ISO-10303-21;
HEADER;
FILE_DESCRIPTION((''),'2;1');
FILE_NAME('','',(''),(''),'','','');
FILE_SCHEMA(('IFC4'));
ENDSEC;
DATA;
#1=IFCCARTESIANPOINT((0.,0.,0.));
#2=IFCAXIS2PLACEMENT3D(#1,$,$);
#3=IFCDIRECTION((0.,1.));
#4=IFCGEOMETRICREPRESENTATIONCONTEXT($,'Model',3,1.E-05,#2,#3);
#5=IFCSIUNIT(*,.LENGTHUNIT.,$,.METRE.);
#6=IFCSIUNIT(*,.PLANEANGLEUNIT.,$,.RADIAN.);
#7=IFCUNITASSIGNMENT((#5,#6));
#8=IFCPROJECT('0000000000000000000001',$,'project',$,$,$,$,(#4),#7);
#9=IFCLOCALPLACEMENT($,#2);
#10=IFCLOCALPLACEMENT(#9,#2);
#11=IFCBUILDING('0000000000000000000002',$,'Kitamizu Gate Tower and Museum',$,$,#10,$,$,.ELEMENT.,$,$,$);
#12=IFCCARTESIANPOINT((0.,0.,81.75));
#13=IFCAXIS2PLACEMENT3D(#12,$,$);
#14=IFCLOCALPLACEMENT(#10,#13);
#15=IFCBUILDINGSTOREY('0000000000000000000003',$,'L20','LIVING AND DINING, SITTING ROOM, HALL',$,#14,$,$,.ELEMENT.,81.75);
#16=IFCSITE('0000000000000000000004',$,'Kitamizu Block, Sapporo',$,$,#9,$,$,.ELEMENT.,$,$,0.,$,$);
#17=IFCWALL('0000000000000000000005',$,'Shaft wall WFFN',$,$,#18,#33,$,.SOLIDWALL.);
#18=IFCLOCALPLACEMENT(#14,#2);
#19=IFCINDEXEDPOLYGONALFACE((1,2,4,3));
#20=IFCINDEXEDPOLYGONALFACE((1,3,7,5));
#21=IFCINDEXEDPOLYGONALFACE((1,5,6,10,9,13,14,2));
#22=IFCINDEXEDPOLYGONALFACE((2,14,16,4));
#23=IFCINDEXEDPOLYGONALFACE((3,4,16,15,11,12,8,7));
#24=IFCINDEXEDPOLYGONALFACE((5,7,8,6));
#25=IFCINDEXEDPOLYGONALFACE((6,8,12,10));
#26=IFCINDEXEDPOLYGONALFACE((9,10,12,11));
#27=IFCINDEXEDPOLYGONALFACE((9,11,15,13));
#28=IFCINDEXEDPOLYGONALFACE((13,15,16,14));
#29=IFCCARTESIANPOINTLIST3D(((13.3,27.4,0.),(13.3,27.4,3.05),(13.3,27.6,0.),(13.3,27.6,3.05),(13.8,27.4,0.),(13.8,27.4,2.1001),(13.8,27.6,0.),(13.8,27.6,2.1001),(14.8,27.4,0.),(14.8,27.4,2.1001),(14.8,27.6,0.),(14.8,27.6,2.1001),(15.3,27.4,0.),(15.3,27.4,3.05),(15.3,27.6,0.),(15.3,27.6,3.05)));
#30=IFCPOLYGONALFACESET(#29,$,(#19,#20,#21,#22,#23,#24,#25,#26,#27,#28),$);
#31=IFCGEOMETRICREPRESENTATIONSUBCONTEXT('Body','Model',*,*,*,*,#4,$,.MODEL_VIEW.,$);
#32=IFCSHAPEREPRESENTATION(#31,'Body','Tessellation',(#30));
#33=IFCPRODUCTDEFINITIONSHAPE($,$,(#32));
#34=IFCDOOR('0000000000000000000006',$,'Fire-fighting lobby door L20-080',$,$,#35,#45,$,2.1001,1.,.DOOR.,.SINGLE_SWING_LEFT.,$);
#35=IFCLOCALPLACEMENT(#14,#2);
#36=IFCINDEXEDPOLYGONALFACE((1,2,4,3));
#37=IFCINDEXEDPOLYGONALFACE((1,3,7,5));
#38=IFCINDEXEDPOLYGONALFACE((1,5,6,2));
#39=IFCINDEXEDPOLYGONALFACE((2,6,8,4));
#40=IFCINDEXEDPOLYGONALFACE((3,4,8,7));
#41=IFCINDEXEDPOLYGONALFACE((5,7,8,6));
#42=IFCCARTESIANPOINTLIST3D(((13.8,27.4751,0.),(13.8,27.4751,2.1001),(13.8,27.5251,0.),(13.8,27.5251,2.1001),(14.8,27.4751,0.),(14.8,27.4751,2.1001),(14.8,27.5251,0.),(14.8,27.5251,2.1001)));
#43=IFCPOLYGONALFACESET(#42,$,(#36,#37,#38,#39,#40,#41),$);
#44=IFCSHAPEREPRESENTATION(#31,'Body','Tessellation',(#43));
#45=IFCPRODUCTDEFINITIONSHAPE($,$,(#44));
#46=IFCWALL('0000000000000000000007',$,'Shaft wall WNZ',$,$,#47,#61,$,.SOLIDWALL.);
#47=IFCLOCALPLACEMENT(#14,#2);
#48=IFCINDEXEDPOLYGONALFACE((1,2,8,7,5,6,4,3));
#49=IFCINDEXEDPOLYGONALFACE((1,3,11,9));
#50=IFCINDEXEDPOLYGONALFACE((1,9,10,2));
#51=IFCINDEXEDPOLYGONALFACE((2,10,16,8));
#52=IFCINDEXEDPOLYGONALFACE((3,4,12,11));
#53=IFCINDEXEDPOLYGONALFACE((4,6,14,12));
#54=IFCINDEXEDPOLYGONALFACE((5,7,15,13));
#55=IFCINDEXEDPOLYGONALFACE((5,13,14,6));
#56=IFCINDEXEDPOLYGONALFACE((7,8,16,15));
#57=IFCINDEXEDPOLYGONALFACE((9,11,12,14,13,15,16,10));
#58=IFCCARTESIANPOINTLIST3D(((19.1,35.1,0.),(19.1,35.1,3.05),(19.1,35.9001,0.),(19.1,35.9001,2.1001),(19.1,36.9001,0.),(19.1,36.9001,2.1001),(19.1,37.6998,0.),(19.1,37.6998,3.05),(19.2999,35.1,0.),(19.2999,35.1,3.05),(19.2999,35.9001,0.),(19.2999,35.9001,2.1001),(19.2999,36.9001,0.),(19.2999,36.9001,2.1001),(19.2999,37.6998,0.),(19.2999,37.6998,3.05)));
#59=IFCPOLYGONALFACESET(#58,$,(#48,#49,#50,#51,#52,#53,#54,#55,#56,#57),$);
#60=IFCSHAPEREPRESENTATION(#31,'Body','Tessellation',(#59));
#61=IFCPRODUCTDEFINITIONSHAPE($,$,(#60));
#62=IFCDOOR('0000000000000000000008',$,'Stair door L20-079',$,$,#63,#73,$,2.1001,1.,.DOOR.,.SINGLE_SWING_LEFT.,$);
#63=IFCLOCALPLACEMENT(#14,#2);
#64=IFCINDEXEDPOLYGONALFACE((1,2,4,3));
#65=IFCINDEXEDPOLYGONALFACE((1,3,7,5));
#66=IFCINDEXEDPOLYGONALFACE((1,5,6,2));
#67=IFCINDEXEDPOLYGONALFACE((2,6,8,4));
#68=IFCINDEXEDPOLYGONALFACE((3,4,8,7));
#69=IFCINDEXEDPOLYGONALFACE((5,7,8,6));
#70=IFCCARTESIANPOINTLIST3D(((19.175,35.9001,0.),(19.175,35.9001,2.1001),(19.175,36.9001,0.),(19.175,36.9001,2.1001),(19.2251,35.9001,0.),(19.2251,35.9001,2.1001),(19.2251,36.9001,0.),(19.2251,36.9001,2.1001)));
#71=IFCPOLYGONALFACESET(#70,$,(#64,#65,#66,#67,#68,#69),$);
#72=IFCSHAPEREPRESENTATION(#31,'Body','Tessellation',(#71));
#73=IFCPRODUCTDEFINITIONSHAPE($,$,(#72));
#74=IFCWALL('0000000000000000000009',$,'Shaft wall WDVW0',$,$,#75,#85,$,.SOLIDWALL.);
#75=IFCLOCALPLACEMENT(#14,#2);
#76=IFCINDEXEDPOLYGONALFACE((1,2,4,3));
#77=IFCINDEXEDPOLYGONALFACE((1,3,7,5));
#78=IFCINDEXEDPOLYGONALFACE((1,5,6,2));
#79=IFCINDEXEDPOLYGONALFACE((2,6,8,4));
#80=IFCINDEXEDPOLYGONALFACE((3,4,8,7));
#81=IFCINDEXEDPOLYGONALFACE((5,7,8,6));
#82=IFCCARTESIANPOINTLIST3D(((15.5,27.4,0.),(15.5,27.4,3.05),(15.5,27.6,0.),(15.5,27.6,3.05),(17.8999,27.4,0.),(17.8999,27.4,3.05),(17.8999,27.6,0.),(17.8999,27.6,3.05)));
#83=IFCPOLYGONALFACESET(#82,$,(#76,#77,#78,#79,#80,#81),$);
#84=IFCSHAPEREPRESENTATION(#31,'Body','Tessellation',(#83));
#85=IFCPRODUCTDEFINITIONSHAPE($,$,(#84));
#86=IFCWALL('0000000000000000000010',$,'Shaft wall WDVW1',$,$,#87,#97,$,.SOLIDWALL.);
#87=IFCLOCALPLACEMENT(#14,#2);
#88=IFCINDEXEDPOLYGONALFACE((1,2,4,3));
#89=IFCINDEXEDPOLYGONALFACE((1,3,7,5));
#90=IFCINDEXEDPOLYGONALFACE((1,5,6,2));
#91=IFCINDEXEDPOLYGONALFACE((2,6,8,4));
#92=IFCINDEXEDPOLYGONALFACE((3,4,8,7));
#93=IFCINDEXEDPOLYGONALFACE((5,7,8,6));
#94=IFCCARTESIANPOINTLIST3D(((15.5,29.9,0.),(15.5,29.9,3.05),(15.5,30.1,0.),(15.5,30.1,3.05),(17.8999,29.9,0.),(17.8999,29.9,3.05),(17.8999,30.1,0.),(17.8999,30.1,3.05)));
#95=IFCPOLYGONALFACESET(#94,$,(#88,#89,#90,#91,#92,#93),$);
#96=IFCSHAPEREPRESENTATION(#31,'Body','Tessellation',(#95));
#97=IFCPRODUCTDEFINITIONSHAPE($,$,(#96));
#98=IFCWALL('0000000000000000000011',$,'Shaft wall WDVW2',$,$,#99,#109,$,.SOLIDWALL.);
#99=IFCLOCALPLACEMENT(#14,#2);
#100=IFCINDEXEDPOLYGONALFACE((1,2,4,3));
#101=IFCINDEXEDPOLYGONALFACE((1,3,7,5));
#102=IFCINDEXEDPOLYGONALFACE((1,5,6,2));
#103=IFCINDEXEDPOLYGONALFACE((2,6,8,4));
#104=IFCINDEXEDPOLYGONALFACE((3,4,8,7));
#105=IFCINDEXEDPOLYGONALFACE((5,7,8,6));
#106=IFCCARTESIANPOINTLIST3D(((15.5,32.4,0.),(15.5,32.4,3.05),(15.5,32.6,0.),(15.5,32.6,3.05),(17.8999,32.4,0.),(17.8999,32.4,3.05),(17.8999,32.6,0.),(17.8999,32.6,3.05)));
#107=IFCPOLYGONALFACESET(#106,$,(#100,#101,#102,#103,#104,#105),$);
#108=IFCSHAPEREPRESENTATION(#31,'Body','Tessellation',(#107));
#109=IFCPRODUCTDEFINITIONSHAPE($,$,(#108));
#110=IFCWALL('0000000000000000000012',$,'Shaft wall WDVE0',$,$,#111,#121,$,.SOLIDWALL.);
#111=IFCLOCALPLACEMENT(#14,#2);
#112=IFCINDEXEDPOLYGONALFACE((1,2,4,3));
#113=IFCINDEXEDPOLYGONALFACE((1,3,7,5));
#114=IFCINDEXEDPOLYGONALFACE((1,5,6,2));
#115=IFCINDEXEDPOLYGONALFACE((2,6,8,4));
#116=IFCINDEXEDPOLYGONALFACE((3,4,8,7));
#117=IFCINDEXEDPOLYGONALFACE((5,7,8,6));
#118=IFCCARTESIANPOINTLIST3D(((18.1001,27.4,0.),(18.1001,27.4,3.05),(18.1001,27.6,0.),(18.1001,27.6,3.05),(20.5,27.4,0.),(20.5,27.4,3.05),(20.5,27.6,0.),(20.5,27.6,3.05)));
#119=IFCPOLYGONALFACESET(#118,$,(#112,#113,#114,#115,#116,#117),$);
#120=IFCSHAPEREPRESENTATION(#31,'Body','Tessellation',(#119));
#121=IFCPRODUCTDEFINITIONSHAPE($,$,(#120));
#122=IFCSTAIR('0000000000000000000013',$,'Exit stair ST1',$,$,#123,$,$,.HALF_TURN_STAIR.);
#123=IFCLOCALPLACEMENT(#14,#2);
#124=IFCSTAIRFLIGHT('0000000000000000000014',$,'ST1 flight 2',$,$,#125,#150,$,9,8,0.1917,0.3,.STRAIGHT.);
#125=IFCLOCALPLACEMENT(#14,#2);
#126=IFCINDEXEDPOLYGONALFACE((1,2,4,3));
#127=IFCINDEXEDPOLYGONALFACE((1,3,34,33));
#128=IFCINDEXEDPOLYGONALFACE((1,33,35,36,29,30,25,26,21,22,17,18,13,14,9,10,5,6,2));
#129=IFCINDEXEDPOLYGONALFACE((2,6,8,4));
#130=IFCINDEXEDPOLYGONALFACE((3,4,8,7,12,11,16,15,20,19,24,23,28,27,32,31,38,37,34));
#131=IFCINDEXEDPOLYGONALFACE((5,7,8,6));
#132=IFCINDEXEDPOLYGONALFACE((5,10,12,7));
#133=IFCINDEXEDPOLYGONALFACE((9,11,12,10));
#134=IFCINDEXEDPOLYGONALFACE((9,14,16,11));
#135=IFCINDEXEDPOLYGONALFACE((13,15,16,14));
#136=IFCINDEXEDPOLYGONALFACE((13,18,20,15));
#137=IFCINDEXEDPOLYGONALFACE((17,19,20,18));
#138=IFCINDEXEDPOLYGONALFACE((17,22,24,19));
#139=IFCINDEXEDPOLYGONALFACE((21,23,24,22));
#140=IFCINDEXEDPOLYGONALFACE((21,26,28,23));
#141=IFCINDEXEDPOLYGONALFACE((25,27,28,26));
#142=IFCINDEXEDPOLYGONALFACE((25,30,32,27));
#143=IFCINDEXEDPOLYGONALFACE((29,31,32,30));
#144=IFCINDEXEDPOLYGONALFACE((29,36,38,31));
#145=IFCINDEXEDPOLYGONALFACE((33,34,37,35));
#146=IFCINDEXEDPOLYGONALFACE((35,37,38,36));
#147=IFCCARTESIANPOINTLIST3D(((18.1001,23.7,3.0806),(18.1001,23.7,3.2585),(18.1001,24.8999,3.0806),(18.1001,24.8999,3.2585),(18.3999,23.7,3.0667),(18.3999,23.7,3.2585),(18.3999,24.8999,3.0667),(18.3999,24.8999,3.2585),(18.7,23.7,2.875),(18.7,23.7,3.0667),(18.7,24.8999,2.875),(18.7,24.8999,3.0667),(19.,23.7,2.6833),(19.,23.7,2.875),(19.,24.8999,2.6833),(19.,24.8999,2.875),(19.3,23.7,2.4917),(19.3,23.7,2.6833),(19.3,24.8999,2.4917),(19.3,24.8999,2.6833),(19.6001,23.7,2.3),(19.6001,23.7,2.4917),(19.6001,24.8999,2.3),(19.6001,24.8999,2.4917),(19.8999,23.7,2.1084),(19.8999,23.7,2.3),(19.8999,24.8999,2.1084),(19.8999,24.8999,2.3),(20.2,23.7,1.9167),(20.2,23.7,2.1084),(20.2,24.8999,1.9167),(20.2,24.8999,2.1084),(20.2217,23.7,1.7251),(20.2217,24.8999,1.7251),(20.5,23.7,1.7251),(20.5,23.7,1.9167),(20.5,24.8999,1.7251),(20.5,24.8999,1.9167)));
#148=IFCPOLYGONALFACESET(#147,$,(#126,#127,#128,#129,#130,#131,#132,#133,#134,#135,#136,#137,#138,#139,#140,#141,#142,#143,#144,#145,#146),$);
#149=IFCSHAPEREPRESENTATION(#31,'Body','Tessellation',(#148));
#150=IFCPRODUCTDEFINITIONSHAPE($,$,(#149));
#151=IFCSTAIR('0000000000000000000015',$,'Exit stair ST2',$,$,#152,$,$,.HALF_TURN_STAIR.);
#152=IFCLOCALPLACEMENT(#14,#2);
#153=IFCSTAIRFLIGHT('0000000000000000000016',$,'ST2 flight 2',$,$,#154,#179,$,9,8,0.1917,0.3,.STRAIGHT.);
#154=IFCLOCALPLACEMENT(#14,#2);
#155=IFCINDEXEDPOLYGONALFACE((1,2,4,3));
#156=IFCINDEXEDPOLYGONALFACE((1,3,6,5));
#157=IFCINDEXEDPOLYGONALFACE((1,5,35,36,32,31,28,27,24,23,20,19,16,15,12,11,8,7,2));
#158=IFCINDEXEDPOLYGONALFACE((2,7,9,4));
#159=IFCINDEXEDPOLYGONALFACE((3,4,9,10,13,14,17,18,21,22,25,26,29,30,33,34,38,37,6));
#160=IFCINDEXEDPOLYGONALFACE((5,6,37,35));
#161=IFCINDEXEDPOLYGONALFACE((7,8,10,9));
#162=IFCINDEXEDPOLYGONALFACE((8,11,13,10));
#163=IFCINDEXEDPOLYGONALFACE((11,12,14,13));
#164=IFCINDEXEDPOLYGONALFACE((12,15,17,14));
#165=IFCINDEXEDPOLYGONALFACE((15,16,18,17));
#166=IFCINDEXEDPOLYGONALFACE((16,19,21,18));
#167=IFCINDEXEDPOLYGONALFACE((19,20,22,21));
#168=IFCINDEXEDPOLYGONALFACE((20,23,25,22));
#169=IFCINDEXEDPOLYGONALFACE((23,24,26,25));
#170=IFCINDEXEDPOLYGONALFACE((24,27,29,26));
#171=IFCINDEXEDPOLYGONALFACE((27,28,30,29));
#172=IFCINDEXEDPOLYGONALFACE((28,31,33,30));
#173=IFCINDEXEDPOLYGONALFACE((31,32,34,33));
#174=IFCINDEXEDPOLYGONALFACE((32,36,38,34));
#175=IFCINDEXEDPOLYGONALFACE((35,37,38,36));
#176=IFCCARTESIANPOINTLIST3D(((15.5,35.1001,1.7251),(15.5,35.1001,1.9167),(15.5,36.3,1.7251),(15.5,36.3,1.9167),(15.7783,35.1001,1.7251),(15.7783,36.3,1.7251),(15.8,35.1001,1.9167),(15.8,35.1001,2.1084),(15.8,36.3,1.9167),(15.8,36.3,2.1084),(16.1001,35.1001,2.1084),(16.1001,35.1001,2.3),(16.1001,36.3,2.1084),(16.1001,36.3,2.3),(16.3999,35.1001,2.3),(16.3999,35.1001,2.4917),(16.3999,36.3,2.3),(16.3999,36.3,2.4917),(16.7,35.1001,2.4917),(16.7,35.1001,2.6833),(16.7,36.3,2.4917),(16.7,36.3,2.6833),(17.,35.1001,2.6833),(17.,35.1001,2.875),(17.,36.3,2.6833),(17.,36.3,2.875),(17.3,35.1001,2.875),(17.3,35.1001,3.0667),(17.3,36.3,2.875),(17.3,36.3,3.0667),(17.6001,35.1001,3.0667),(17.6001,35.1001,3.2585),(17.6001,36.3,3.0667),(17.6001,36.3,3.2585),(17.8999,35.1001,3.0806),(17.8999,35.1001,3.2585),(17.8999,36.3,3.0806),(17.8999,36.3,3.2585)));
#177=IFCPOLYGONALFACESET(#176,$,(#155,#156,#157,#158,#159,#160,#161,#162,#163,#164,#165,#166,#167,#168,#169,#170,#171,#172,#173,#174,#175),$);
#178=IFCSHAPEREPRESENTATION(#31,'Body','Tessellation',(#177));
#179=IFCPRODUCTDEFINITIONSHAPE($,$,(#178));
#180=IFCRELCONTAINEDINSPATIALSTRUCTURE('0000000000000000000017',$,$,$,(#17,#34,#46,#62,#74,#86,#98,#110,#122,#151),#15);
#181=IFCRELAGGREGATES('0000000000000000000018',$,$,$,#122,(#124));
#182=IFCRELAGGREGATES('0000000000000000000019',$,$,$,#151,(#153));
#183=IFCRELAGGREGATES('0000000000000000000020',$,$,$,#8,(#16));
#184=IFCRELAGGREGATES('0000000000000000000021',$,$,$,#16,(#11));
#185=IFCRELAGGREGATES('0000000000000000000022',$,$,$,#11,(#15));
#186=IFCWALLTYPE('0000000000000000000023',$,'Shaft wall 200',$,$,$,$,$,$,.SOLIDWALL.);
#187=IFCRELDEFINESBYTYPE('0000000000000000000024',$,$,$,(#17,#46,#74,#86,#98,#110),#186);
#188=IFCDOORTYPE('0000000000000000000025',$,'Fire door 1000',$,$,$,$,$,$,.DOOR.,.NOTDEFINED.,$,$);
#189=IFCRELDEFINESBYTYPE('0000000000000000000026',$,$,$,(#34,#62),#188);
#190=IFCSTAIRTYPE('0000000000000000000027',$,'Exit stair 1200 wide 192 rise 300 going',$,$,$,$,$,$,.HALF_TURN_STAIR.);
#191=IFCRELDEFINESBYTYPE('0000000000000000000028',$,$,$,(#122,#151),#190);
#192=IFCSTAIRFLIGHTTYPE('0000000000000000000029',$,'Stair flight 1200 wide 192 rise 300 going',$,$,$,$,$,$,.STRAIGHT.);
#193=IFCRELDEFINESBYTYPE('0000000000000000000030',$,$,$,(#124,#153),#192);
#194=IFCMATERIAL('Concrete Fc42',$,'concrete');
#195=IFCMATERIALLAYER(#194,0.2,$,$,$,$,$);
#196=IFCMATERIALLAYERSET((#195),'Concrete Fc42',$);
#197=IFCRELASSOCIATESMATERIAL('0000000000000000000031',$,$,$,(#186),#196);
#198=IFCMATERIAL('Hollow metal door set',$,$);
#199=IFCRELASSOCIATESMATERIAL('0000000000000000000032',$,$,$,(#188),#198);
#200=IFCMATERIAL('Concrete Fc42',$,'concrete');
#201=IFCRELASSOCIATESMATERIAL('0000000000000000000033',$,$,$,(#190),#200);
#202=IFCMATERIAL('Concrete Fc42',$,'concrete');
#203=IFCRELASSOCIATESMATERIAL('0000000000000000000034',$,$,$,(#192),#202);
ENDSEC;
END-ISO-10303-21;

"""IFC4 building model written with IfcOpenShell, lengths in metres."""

from ifc_helpers import new_model, si_unit, direction, frame, frame_2d, origin, place, context, subcontext, project, spatial, polyline, rectangle, outline, extrude, material, layer, layer_set, type_object, element, fill, aggregate, save


model = new_model("IFC4")

# Units and contexts
model_context = context("Model", 3, precision=1e-05, world=origin(), true_north=direction((0.0, 1.0)))
body_context = subcontext(model_context, "Body", "Model", "MODEL_VIEW")
ifc_project = project(units=[si_unit("LENGTHUNIT", "METRE"), si_unit("PLANEANGLEUNIT", "RADIAN")], contexts=[model_context])

# Site, building, storey
site_placement = place(None, origin())
site = spatial("IfcSite", under=ifc_project, at=site_placement, Name="Kitamizu Block, Sapporo", CompositionType="ELEMENT", RefElevation=0.0)
building_placement = place(site_placement, origin())
building = spatial("IfcBuilding", under=site, at=building_placement, Name="Kitamizu Gate Tower and Museum", CompositionType="ELEMENT")
storey_placement = place(building_placement, frame((0.0, 0.0, 81.75)))
storey = spatial("IfcBuildingStorey", under=building, at=storey_placement, Name="L20", Description="LIVING AND DINING, SITTING ROOM, HALL", CompositionType="ELEMENT", Elevation=81.75)

# Shared definitions
ifc_material_1 = material(Name="Concrete Fc42", Category="concrete")
ifc_layer_1 = layer(ifc_material_1, 0.2)
ifc_layer_set_1 = layer_set([ifc_layer_1], Name="Concrete Fc42")
wall_type_1 = type_object("IfcWallType", Name="Shaft wall 200", PredefinedType="SOLIDWALL", material=ifc_layer_set_1)

# Walls, openings, doors
wall_1_placement = place(storey_placement, frame((13.3, 27.5, 0.0), z_axis=(0.0, 0.0, 1.0), x_axis=(1.0, 0.0, 0.0)))
wall_1 = element("IfcWall", 1, at=wall_1_placement, inside=storey, type_object=wall_type_1, Name="Shaft wall WFFN", PredefinedType="SOLIDWALL", context=body_context, shape_type="SweptSolid", body=[
    extrude(rectangle(XDim=2.0, YDim=0.2, at=frame_2d((1.0, 0.0))), origin(), (0.0, 0.0, 1.0), 3.05),
])
opening_1_placement = place(wall_1_placement, frame((0.5, 0.0, 0.0)))
opening_1 = element("IfcOpeningElement", 2, at=opening_1_placement, cuts=wall_1, PredefinedType="OPENING", context=body_context, shape_type="SweptSolid", body=[
    extrude(rectangle(XDim=1.0, YDim=2.1001, at=frame_2d((0.5, 1.05))), frame((0.0, 0.1099, 0.0), z_axis=(0.0, -1.0, 0.0), x_axis=(1.0, 0.0, 0.0)), (0.0, 0.0, 1.0), 0.22),
])
ifc_material_2 = material(Name="Hollow metal door set")
door_type_1 = type_object("IfcDoorType", Name="Fire door 1000", OperationType="NOTDEFINED", PredefinedType="DOOR", material=ifc_material_2)
door_1_placement = place(opening_1_placement, frame((1.0, 0.0, 0.0), x_axis=(-1.0, 0.0, 0.0)))
door_1 = element("IfcDoor", 3, at=door_1_placement, inside=storey, type_object=door_type_1, Name="Fire-fighting lobby door L20-080", OperationType="SINGLE_SWING_LEFT", OverallHeight=2.1001, OverallWidth=1.0, PredefinedType="DOOR", context=body_context, shape_type="SweptSolid", body=[
    extrude(rectangle(XDim=1.0, YDim=2.1001, at=frame_2d((0.5, 1.05))), frame((0.0, 0.0249, 0.0), z_axis=(0.0, -1.0, 0.0), x_axis=(1.0, 0.0, 0.0)), (0.0, 0.0, 1.0), 0.05),
])
fill(opening_1, door_1)
wall_2_placement = place(storey_placement, frame((19.2, 35.1001, 0.0), z_axis=(0.0, 0.0, 1.0), x_axis=(0.0, 1.0, 0.0)))
wall_2 = element("IfcWall", 4, at=wall_2_placement, inside=storey, type_object=wall_type_1, Name="Shaft wall WNZ", PredefinedType="SOLIDWALL", context=body_context, shape_type="SweptSolid", body=[
    extrude(rectangle(XDim=2.5999, YDim=0.2, at=frame_2d((1.2998, 0.0))), origin(), (0.0, 0.0, 1.0), 3.05),
])
opening_2_placement = place(wall_2_placement, frame((0.8, 0.0, 0.0)))
opening_2 = element("IfcOpeningElement", 5, at=opening_2_placement, cuts=wall_2, PredefinedType="OPENING", context=body_context, shape_type="SweptSolid", body=[
    extrude(rectangle(XDim=1.0, YDim=2.1001, at=frame_2d((0.5, 1.05))), frame((0.0, 0.1099, 0.0), z_axis=(0.0, -1.0, 0.0), x_axis=(1.0, 0.0, 0.0)), (0.0, 0.0, 1.0), 0.22),
])
door_2_placement = place(opening_2_placement, origin())
door_2 = element("IfcDoor", 6, at=door_2_placement, inside=storey, type_object=door_type_1, Name="Stair door L20-079", OperationType="SINGLE_SWING_LEFT", OverallHeight=2.1001, OverallWidth=1.0, PredefinedType="DOOR", context=body_context, shape_type="SweptSolid", body=[
    extrude(rectangle(XDim=1.0, YDim=2.1001, at=frame_2d((0.5, 1.05))), frame((0.0, 0.0249, 0.0), z_axis=(0.0, -1.0, 0.0), x_axis=(1.0, 0.0, 0.0)), (0.0, 0.0, 1.0), 0.05),
])
fill(opening_2, door_2)

# Walls
for number, where, z_axis, x_axis, name in (
    (7, (15.5, 27.5, 0.0), (0.0, 0.0, 1.0), (1.0, 0.0, 0.0), "Shaft wall WDVW0"),
    (8, (15.5, 30.0, 0.0), (0.0, 0.0, 1.0), (1.0, 0.0, 0.0), "Shaft wall WDVW1"),
    (9, (15.5, 32.5, 0.0), (0.0, 0.0, 1.0), (1.0, 0.0, 0.0), "Shaft wall WDVW2"),
    (10, (18.1001, 27.5, 0.0), (0.0, 0.0, 1.0), (1.0, 0.0, 0.0), "Shaft wall WDVE0"),
):
    element("IfcWall", number, at=place(storey_placement, frame(where, z_axis=z_axis, x_axis=x_axis)), inside=storey, type_object=wall_type_1, Name=name, PredefinedType="SOLIDWALL", context=body_context, shape_type="SweptSolid", body=[
        extrude(rectangle(XDim=2.3999, YDim=0.2, at=frame_2d((1.2, 0.0))), origin(), (0.0, 0.0, 1.0), 3.05),
    ])

# Stairs, stair flights
ifc_material_3 = material(Name="Concrete Fc42", Category="concrete")
stair_type = type_object("IfcStairType", Name="Exit stair 1200 wide 192 rise 300 going", PredefinedType="HALF_TURN_STAIR", material=ifc_material_3)
stair_1_placement = place(storey_placement, origin())
stair_1 = element("IfcStair", 11, at=stair_1_placement, inside=storey, type_object=stair_type, Name="Exit stair ST1", PredefinedType="HALF_TURN_STAIR")
ifc_material_4 = material(Name="Concrete Fc42", Category="concrete")
stair_flight_type = type_object("IfcStairFlightType", Name="Stair flight 1200 wide 192 rise 300 going", PredefinedType="STRAIGHT", material=ifc_material_4)
stair_flight_1_placement = place(storey_placement, frame((20.5, 24.3, 1.7251), z_axis=(0.0, 0.0, 1.0), x_axis=(-1.0, 0.0, 0.0)))
stair_flight_1 = element("IfcStairFlight", 12, at=stair_flight_1_placement, type_object=stair_flight_type, Name="ST1 flight 2", NumberOfRisers=9, NumberOfTreads=8, PredefinedType="STRAIGHT", RiserHeight=0.1917, TreadLength=0.3, context=body_context, shape_type="SweptSolid", body=[
    extrude(outline(polyline([(0.0, 0.0), (0.0, 0.1917), (0.3, 0.1917), (0.3, 0.3833), (0.6001, 0.3833), (0.6001, 0.575), (0.8999, 0.575), (0.8999, 0.7666), (1.2, 0.7666), (1.2, 0.9583), (1.5, 0.9583), (1.5, 1.1499), (1.8, 1.1499), (1.8, 1.3416), (2.1001, 1.3416), (2.1001, 1.5334), (2.3999, 1.5334), (2.3999, 1.7251), (2.3999, 1.3555), (0.2783, 0.0), (0.0, 0.0)])), frame((0.0, 0.6001, 0.0), z_axis=(0.0, -1.0, 0.0), x_axis=(1.0, 0.0, 0.0)), (0.0, 0.0, 1.0), 1.2),
])
aggregate(stair_1, [stair_flight_1])
stair_2_placement = place(storey_placement, origin())
stair_2 = element("IfcStair", 13, at=stair_2_placement, inside=storey, type_object=stair_type, Name="Exit stair ST2", PredefinedType="HALF_TURN_STAIR")
stair_flight_2_placement = place(storey_placement, frame((15.5, 35.7, 1.7251), z_axis=(0.0, 0.0, 1.0), x_axis=(1.0, 0.0, 0.0)))
stair_flight_2 = element("IfcStairFlight", 14, at=stair_flight_2_placement, type_object=stair_flight_type, Name="ST2 flight 2", NumberOfRisers=9, NumberOfTreads=8, PredefinedType="STRAIGHT", RiserHeight=0.1917, TreadLength=0.3, context=body_context, shape_type="SweptSolid", body=[
    extrude(outline(polyline([(0.0, 0.0), (0.0, 0.1917), (0.3, 0.1917), (0.3, 0.3833), (0.6001, 0.3833), (0.6001, 0.575), (0.8999, 0.575), (0.8999, 0.7666), (1.2, 0.7666), (1.2, 0.9583), (1.5, 0.9583), (1.5, 1.1499), (1.8, 1.1499), (1.8, 1.3416), (2.1001, 1.3416), (2.1001, 1.5334), (2.3999, 1.5334), (2.3999, 1.7251), (2.3999, 1.3555), (0.2783, 0.0), (0.0, 0.0)])), frame((0.0, 0.6001, 0.0), z_axis=(0.0, -1.0, 0.0), x_axis=(1.0, 0.0, 0.0)), (0.0, 0.0, 1.0), 1.2),
])
aggregate(stair_2, [stair_flight_2])

save(model, "model.ifc")
